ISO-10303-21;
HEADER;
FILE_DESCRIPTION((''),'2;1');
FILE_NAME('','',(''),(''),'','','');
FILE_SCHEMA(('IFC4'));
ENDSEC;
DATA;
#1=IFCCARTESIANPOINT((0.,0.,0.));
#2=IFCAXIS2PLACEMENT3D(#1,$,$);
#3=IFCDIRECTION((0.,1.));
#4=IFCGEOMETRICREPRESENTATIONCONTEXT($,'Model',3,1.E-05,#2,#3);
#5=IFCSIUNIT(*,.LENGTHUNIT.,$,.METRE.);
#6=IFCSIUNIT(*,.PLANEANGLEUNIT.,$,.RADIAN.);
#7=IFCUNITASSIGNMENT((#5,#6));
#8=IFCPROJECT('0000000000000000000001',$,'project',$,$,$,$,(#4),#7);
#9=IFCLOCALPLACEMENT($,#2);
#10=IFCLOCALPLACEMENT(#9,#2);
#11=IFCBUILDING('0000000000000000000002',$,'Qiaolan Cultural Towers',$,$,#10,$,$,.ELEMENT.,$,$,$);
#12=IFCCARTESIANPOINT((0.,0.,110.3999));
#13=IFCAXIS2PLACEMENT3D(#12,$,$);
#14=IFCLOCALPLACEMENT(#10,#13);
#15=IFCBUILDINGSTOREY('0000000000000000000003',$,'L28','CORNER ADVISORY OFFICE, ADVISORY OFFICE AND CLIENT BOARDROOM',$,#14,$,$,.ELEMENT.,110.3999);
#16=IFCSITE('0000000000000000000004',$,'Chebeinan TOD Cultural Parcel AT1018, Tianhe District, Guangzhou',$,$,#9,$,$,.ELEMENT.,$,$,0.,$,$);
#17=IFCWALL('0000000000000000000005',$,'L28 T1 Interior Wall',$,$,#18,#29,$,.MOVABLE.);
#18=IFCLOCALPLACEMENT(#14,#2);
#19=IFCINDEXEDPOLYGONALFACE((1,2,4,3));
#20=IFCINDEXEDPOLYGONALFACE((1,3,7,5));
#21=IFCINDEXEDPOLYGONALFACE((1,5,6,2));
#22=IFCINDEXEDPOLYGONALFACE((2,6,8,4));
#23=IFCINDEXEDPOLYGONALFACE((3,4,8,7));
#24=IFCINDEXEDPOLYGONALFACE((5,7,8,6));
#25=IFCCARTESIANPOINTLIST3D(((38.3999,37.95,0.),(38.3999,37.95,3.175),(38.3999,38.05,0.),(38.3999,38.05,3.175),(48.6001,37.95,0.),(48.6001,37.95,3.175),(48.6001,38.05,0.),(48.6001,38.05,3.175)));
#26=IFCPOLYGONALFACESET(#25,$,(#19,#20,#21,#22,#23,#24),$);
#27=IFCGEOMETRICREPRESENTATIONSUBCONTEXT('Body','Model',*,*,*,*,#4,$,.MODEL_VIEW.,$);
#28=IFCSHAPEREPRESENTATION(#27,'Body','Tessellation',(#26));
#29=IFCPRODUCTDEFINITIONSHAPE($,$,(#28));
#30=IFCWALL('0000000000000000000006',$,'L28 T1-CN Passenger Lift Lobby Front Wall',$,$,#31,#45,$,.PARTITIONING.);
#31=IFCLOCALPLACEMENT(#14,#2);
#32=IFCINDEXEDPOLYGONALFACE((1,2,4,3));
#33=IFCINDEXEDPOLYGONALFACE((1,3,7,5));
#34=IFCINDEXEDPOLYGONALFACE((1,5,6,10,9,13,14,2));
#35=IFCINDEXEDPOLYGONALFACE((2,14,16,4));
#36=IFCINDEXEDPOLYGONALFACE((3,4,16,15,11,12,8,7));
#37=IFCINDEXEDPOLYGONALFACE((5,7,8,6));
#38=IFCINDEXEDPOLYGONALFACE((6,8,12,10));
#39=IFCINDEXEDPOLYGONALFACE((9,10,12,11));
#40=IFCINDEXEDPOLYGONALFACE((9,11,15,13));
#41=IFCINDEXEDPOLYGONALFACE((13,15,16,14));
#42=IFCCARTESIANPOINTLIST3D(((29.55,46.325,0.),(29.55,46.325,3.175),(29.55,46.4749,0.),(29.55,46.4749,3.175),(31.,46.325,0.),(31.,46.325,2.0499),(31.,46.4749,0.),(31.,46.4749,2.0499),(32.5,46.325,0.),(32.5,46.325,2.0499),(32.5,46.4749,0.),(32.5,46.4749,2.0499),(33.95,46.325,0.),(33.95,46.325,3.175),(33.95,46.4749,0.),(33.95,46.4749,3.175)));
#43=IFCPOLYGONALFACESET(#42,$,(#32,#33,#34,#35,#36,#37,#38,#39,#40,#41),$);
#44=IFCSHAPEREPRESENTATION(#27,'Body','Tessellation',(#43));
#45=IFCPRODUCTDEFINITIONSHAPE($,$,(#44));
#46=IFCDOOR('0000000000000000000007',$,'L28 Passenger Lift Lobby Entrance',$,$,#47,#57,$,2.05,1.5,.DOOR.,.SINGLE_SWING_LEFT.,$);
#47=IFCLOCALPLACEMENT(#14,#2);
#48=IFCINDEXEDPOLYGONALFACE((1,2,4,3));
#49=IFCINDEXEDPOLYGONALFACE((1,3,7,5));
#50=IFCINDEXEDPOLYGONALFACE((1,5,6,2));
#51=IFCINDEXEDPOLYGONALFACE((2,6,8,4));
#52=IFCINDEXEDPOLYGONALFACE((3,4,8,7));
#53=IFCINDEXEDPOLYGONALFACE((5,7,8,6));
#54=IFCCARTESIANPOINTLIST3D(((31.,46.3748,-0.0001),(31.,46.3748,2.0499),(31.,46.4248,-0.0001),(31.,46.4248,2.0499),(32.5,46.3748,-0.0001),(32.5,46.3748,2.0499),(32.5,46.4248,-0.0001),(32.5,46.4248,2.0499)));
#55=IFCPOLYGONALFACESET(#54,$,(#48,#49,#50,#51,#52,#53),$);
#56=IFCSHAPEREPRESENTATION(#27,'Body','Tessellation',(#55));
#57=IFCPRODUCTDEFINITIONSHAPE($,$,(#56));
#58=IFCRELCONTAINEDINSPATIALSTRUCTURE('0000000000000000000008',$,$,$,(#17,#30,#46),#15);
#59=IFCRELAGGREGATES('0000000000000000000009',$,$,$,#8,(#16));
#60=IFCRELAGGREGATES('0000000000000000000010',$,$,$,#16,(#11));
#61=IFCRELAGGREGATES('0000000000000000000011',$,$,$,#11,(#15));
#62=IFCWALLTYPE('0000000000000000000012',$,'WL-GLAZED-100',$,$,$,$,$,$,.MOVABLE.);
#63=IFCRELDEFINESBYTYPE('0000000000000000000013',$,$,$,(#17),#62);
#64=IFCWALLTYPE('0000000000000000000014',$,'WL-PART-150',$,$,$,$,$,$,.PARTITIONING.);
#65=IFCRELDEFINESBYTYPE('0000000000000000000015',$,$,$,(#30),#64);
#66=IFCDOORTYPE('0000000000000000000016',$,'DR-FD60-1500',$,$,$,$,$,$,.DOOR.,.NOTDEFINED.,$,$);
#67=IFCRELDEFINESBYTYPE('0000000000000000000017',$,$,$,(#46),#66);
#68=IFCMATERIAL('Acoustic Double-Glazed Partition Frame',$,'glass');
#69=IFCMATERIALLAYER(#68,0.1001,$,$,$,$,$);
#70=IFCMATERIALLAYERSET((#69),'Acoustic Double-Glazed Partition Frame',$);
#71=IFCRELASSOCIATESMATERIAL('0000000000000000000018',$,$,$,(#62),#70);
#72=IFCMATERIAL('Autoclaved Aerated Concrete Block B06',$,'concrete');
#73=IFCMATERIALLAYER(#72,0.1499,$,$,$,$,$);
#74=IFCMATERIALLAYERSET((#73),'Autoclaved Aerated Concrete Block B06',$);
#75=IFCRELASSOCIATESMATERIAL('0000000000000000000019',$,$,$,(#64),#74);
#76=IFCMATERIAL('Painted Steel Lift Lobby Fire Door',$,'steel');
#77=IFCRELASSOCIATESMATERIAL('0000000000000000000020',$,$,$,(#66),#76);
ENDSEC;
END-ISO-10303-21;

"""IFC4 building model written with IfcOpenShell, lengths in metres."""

from ifc_helpers import new_model, si_unit, direction, frame, frame_2d, origin, place, context, subcontext, project, spatial, rectangle, extrude, material, layer, layer_set, type_object, element, fill, save


model = new_model("IFC4")

# Units and contexts
model_context = context("Model", 3, precision=1e-05, world=origin(), true_north=direction((0.0, 1.0)))
body_context = subcontext(model_context, "Body", "Model", "MODEL_VIEW")
ifc_project = project(units=[si_unit("LENGTHUNIT", "METRE"), si_unit("PLANEANGLEUNIT", "RADIAN")], contexts=[model_context])

# Site, building, storey
site_placement = place(None, origin())
site = spatial("IfcSite", under=ifc_project, at=site_placement, Name="Chebeinan TOD Cultural Parcel AT1018, Tianhe District, Guangzhou", CompositionType="ELEMENT", RefElevation=0.0)
building_placement = place(site_placement, origin())
building = spatial("IfcBuilding", under=site, at=building_placement, Name="Qiaolan Cultural Towers", CompositionType="ELEMENT")
storey_placement = place(building_placement, frame((0.0, 0.0, 110.3999)))
storey = spatial("IfcBuildingStorey", under=building, at=storey_placement, Name="L28", Description="CORNER ADVISORY OFFICE, ADVISORY OFFICE AND CLIENT BOARDROOM", CompositionType="ELEMENT", Elevation=110.3999)

# Wall
ifc_material_1 = material(Name="Acoustic Double-Glazed Partition Frame", Category="glass")
ifc_layer_1 = layer(ifc_material_1, 0.1001)
ifc_layer_set_1 = layer_set([ifc_layer_1], Name="Acoustic Double-Glazed Partition Frame")
wall_type_1 = type_object("IfcWallType", Name="WL-GLAZED-100", PredefinedType="MOVABLE", material=ifc_layer_set_1)
for number, where, z_axis, x_axis, name in (
    (1, (38.3999, 38.0, 0.0), (0.0, 0.0, 1.0), (1.0, 0.0, 0.0), "L28 T1 Interior Wall"),
):
    element("IfcWall", number, at=place(storey_placement, frame(where, z_axis=z_axis, x_axis=x_axis)), inside=storey, type_object=wall_type_1, Name=name, PredefinedType="MOVABLE", context=body_context, shape_type="SweptSolid", body=[
        extrude(rectangle(XDim=10.2002, YDim=0.1001, at=frame_2d((5.1001, 0.0))), origin(), (0.0, 0.0, 1.0), 3.175),
    ])

# Wall, opening, door
ifc_material_2 = material(Name="Autoclaved Aerated Concrete Block B06", Category="concrete")
ifc_layer_2 = layer(ifc_material_2, 0.1499)
ifc_layer_set_2 = layer_set([ifc_layer_2], Name="Autoclaved Aerated Concrete Block B06")
wall_type_2 = type_object("IfcWallType", Name="WL-PART-150", PredefinedType="PARTITIONING", material=ifc_layer_set_2)
wall_1_placement = place(storey_placement, frame((29.55, 46.3999, 0.0), z_axis=(0.0, 0.0, 1.0), x_axis=(1.0, 0.0, 0.0)))
wall_1 = element("IfcWall", 2, at=wall_1_placement, inside=storey, type_object=wall_type_2, Name="L28 T1-CN Passenger Lift Lobby Front Wall", PredefinedType="PARTITIONING", context=body_context, shape_type="SweptSolid", body=[
    extrude(rectangle(XDim=4.3999, YDim=0.1499, at=frame_2d((2.2, 0.0))), origin(), (0.0, 0.0, 1.0), 3.175),
])
opening_1_placement = place(wall_1_placement, frame((1.45, 0.0, 0.0)))
opening_1 = element("IfcOpeningElement", 3, at=opening_1_placement, cuts=wall_1, PredefinedType="OPENING", context=body_context, shape_type="SweptSolid", body=[
    extrude(rectangle(XDim=1.5, YDim=2.05, at=frame_2d((0.75, 1.0249))), frame((0.0, 0.085, 0.0), z_axis=(0.0, -1.0, 0.0), x_axis=(1.0, 0.0, 0.0)), (0.0, 0.0, 1.0), 0.1699),
])
ifc_material_3 = material(Name="Painted Steel Lift Lobby Fire Door", Category="steel")
door_type_1 = type_object("IfcDoorType", Name="DR-FD60-1500", OperationType="NOTDEFINED", PredefinedType="DOOR", material=ifc_material_3)
door_1_placement = place(opening_1_placement, origin())
door_1 = element("IfcDoor", 4, at=door_1_placement, inside=storey, type_object=door_type_1, Name="L28 Passenger Lift Lobby Entrance", OperationType="SINGLE_SWING_LEFT", OverallHeight=2.05, OverallWidth=1.5, PredefinedType="DOOR", context=body_context, shape_type="SweptSolid", body=[
    extrude(rectangle(XDim=1.5, YDim=2.05, at=frame_2d((0.75, 1.0249))), frame((0.0, 0.0249, 0.0), z_axis=(0.0, -1.0, 0.0), x_axis=(1.0, 0.0, 0.0)), (0.0, 0.0, 1.0), 0.05),
])
fill(opening_1, door_1)

save(model, "model.ifc")
